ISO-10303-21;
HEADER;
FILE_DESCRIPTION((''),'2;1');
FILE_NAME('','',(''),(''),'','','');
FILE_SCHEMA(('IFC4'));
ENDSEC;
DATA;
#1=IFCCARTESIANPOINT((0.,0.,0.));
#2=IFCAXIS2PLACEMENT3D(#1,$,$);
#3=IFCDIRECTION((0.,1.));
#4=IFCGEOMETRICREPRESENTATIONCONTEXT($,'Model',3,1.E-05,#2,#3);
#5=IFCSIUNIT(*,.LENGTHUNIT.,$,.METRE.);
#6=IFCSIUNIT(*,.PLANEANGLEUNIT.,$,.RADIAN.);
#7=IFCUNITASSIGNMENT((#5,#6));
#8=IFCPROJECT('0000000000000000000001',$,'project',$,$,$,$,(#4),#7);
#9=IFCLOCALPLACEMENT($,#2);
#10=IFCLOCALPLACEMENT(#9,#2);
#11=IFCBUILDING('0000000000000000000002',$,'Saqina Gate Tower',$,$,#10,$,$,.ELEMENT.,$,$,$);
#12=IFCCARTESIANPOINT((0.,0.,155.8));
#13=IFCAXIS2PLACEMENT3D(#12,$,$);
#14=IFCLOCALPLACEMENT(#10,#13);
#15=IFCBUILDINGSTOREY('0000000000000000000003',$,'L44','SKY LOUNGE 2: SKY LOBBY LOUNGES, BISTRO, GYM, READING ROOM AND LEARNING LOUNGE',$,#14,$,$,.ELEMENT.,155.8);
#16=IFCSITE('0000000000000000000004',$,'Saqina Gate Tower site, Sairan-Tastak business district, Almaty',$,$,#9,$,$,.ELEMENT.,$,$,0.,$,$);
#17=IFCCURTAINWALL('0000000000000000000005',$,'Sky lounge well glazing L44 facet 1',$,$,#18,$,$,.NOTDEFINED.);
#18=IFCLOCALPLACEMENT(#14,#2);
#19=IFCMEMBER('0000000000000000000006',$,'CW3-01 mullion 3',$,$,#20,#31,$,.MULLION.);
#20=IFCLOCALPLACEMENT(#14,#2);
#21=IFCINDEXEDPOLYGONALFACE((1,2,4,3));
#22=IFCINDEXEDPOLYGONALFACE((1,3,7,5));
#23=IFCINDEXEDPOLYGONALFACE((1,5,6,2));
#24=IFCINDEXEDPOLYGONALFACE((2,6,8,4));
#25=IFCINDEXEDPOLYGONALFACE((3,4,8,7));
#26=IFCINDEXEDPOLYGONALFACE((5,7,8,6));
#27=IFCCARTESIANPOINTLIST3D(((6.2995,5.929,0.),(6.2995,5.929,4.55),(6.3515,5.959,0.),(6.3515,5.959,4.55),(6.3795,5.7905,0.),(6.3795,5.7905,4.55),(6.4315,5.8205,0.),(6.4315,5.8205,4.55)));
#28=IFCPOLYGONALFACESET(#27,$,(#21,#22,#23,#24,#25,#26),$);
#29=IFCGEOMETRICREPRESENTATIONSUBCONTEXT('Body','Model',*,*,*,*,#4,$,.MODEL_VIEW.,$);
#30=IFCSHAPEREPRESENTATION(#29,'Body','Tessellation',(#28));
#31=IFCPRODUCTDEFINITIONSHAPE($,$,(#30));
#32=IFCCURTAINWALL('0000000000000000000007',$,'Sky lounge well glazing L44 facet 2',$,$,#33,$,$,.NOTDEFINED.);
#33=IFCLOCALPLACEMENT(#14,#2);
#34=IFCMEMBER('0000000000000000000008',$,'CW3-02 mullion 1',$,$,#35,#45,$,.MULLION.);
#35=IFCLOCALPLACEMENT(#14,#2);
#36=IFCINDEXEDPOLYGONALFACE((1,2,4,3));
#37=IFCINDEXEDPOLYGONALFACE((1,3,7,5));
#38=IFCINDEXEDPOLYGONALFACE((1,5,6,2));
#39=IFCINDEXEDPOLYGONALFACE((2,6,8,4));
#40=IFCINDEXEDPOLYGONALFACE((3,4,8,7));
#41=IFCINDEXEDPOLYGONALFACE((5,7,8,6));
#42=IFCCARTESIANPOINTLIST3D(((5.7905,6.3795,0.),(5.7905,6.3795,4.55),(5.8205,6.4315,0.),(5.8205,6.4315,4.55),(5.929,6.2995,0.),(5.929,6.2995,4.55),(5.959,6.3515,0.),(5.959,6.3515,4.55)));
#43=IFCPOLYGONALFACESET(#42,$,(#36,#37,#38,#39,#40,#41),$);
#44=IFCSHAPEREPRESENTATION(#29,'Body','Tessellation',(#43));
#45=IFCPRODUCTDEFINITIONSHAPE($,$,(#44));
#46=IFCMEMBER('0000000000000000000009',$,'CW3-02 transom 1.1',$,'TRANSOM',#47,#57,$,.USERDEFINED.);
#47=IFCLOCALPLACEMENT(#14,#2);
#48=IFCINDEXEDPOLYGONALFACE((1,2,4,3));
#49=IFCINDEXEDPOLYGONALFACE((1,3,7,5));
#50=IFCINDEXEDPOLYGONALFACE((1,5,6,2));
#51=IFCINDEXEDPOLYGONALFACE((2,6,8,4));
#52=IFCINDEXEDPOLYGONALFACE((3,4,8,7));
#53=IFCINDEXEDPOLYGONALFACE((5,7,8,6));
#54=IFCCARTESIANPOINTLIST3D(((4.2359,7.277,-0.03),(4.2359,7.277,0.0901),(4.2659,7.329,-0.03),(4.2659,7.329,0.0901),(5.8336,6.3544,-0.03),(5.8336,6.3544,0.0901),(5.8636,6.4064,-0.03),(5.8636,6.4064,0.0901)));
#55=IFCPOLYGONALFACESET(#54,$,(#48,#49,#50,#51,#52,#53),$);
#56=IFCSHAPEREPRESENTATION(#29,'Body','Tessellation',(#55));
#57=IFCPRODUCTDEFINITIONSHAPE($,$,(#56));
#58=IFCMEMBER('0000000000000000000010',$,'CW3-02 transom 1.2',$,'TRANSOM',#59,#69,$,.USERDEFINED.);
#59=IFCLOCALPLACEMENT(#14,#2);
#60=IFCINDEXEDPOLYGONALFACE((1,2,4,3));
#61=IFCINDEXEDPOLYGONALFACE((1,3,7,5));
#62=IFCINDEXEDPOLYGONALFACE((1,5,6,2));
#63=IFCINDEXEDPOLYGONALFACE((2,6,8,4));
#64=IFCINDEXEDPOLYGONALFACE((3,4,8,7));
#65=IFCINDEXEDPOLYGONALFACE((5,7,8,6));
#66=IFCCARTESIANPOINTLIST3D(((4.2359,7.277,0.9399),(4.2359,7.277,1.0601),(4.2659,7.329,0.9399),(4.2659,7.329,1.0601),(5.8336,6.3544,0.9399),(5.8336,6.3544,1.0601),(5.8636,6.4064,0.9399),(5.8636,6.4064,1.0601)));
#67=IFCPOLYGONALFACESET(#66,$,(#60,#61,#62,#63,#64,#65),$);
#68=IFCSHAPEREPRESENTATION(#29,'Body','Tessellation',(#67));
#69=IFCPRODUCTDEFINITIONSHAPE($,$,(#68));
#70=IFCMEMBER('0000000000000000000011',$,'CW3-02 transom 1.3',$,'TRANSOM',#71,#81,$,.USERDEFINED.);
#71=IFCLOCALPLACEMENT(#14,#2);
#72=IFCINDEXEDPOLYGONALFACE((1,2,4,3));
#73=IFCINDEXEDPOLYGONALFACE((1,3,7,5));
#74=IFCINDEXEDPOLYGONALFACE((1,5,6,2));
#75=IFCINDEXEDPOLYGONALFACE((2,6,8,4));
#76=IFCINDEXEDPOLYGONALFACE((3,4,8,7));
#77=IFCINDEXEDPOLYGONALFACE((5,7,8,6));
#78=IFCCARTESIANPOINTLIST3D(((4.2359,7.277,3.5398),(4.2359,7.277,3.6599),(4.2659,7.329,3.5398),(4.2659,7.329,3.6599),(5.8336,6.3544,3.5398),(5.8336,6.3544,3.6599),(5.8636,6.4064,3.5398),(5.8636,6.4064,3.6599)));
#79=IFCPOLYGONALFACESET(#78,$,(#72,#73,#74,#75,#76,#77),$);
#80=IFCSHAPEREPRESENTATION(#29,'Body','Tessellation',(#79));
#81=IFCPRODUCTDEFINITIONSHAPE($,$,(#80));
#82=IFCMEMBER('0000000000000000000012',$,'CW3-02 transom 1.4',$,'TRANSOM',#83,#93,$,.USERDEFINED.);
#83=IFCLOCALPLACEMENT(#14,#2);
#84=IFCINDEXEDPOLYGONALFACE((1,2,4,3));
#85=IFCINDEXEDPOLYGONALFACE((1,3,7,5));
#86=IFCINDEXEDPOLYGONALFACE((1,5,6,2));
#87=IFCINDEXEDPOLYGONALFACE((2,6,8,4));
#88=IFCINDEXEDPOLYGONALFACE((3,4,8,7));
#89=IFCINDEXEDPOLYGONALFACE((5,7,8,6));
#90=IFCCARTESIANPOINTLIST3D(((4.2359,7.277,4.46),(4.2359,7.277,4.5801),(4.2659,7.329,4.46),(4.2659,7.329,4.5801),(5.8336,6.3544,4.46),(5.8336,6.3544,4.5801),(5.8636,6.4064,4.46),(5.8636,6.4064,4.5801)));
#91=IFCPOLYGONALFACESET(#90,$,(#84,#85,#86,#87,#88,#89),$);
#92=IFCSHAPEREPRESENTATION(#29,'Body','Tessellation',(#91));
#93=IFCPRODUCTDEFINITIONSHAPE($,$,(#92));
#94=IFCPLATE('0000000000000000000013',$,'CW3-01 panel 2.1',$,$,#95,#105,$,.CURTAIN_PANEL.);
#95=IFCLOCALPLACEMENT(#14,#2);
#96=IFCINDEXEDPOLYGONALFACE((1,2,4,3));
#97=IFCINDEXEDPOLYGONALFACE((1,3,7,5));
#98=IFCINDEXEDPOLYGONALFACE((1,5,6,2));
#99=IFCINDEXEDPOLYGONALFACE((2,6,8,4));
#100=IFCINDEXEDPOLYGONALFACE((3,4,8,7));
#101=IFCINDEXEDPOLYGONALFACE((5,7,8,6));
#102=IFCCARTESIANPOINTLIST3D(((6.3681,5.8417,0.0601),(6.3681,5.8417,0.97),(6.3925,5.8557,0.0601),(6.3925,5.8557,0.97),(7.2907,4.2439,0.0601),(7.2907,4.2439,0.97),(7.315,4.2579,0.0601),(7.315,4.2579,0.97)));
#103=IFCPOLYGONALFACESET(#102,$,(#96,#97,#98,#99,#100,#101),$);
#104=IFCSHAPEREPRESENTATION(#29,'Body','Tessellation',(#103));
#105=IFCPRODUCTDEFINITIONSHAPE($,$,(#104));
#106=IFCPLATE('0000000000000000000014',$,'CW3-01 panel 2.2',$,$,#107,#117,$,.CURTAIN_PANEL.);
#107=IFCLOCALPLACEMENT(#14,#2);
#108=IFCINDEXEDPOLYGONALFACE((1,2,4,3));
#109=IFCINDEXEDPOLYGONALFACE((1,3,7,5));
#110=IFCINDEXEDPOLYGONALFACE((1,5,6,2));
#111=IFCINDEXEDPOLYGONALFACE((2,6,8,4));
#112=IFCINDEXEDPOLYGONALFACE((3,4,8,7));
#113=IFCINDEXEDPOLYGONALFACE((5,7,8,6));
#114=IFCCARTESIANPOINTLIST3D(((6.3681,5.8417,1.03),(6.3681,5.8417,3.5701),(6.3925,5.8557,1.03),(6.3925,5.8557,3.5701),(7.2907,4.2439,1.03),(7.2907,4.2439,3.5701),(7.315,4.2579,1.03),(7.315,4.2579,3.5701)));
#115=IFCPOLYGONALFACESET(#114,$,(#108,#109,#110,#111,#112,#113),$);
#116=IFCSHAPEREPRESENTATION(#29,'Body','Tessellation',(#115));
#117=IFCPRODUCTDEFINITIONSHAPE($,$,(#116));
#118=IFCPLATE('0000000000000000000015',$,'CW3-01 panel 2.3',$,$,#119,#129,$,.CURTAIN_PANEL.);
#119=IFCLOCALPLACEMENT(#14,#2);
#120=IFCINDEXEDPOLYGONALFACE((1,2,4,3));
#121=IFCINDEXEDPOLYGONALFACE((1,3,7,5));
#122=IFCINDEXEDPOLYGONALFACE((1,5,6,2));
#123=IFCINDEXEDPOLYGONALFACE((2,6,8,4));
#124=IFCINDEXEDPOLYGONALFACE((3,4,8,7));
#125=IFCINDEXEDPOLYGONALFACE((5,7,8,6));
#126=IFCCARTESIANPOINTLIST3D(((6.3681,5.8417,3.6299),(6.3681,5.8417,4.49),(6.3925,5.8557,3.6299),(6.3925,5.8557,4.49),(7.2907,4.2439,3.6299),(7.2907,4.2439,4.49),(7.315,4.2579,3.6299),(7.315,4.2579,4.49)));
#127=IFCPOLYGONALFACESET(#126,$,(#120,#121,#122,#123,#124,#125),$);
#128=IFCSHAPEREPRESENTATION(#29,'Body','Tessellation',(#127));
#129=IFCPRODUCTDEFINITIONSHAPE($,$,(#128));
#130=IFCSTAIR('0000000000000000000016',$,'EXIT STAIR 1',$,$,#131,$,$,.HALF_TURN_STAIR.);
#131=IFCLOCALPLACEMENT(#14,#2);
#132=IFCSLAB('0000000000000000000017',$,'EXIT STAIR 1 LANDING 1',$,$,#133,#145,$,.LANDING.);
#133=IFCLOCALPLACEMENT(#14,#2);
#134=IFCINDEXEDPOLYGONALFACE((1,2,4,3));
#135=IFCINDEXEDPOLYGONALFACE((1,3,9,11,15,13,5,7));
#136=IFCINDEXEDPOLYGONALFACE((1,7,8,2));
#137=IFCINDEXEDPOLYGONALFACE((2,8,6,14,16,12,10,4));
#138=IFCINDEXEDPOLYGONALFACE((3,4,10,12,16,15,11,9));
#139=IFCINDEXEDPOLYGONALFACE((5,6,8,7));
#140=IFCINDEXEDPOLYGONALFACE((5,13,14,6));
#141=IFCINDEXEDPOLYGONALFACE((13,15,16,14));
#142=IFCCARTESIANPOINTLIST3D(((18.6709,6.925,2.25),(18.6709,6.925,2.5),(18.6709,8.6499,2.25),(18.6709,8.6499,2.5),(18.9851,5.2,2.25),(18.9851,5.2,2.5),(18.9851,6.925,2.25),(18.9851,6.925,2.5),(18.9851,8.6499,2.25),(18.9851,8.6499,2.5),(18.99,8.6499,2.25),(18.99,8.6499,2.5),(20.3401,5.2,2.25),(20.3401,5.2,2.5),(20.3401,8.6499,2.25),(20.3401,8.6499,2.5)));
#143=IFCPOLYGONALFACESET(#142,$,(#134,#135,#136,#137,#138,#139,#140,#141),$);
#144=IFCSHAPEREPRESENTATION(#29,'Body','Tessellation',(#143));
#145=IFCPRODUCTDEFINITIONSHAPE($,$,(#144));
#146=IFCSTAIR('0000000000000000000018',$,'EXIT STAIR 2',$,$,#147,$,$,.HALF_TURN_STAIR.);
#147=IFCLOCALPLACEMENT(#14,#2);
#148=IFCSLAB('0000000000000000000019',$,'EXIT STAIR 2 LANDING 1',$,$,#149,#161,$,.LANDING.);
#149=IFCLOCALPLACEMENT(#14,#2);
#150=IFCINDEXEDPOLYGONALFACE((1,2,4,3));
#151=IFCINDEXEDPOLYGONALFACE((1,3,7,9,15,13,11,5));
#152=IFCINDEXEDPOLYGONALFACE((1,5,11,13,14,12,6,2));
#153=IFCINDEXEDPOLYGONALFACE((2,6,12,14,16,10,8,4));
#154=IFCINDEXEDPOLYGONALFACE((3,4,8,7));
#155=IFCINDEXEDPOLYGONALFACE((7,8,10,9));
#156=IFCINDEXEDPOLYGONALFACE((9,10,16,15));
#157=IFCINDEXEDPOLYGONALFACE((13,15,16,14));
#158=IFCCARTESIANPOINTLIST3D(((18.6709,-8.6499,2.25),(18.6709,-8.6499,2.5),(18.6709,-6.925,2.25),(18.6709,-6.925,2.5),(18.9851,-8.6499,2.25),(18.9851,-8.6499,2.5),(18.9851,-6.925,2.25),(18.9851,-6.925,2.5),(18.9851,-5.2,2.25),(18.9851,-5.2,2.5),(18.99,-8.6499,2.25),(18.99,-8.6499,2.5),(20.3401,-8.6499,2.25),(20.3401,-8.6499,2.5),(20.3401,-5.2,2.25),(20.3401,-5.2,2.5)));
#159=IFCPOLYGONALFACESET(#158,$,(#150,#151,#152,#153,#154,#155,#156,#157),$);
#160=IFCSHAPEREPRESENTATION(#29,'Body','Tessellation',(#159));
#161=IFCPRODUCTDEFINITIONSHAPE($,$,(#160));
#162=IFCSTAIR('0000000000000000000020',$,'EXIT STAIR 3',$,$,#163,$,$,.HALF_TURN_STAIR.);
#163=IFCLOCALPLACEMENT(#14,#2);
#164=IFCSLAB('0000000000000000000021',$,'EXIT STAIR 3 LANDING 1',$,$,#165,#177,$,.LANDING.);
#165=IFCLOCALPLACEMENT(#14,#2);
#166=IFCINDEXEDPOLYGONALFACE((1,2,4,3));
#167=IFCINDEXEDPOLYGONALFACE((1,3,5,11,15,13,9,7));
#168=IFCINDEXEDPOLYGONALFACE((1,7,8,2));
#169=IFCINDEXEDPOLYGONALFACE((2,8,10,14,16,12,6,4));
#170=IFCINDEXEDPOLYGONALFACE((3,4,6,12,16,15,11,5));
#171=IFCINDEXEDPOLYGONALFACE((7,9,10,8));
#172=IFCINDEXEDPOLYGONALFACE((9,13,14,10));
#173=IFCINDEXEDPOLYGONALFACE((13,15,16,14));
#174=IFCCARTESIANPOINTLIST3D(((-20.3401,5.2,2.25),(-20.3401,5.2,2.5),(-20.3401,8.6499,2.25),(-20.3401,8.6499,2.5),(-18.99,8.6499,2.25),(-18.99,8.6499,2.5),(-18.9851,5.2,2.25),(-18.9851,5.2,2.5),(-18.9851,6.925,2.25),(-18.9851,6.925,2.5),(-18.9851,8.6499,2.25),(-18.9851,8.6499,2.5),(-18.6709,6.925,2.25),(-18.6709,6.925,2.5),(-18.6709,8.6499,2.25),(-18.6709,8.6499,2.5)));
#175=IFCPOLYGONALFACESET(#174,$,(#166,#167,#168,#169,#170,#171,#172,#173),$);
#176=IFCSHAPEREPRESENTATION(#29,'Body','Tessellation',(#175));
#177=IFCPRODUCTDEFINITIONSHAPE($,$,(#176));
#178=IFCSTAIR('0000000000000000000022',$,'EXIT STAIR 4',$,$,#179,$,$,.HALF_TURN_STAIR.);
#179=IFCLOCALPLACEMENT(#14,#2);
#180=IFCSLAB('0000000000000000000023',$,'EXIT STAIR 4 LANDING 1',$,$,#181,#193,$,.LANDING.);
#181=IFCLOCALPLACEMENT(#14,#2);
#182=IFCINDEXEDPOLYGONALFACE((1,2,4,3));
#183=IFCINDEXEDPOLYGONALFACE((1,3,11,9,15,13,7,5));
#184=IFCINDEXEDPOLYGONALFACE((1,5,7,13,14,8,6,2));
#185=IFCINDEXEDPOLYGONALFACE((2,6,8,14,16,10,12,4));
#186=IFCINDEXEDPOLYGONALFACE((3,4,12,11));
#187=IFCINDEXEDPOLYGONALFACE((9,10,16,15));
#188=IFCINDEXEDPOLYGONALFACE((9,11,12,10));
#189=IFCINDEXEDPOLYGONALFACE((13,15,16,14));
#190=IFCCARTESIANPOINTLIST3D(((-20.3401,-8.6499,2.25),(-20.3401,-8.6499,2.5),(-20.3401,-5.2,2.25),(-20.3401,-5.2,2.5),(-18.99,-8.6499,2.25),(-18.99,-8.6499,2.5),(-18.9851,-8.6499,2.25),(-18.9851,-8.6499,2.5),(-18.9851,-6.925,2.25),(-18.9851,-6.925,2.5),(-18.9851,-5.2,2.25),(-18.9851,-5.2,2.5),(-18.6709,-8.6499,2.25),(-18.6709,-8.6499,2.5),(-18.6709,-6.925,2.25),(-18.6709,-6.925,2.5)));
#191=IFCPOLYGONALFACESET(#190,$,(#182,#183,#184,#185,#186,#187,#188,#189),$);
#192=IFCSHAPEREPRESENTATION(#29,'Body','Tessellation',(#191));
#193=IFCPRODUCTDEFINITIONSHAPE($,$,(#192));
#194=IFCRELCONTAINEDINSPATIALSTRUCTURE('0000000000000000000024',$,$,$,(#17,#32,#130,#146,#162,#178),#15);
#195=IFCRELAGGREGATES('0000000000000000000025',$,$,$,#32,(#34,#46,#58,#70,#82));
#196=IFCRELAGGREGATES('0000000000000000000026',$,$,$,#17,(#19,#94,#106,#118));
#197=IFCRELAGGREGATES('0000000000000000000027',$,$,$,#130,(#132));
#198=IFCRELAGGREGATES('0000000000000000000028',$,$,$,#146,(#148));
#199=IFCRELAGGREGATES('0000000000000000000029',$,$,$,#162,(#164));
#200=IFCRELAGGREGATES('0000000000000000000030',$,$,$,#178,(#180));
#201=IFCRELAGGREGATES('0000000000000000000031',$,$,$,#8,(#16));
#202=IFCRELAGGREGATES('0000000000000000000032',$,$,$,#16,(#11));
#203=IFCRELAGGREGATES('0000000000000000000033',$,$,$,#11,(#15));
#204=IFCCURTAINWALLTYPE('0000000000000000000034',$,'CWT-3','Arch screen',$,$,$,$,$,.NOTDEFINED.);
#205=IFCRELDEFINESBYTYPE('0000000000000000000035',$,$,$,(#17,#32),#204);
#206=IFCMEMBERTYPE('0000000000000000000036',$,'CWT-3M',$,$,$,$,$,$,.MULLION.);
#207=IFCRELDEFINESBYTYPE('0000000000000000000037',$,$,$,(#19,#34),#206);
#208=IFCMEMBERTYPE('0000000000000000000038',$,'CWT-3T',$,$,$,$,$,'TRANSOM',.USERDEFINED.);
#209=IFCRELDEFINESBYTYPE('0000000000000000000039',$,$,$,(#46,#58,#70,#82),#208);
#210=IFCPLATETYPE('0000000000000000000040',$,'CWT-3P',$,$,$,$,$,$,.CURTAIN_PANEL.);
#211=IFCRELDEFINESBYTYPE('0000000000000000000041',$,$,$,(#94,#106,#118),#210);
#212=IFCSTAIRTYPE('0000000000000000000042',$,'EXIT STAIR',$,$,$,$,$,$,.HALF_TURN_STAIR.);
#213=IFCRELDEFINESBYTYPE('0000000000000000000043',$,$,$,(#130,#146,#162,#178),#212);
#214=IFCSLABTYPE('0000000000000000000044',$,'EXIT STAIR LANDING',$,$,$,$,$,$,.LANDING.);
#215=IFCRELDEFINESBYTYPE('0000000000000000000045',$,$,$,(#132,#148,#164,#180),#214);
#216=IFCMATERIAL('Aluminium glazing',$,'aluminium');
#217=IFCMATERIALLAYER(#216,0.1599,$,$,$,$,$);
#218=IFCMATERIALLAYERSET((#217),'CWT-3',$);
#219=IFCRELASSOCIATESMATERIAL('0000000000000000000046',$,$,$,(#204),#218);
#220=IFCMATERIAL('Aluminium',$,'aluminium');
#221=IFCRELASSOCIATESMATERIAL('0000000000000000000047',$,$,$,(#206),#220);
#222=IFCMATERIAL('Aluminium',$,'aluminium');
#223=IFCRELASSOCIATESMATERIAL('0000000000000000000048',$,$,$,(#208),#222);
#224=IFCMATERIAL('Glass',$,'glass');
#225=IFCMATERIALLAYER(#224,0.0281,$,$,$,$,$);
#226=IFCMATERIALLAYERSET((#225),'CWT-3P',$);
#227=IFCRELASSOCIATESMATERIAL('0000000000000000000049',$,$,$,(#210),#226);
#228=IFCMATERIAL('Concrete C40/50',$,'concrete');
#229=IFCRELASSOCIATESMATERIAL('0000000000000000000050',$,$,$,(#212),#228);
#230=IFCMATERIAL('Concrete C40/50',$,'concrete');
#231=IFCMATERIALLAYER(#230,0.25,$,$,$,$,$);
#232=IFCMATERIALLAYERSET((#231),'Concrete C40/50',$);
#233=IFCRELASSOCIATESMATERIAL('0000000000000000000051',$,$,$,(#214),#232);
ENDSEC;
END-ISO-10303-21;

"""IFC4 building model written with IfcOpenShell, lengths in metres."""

from ifc_helpers import new_model, si_unit, direction, frame, origin, origin_2d, place, context, subcontext, project, spatial, polyline, rectangle, outline, extrude, material, layer, layer_set, material_profile, profile_set, type_object, element, aggregate, save


model = new_model("IFC4")

# Units and contexts
model_context = context("Model", 3, precision=1e-05, world=origin(), true_north=direction((0.0, 1.0)))
body_context = subcontext(model_context, "Body", "Model", "MODEL_VIEW")
ifc_project = project(units=[si_unit("LENGTHUNIT", "METRE"), si_unit("PLANEANGLEUNIT", "RADIAN")], contexts=[model_context])

# Site, building, storey
site_placement = place(None, origin())
site = spatial("IfcSite", under=ifc_project, at=site_placement, Name="Saqina Gate Tower site, Sairan-Tastak business district, Almaty", CompositionType="ELEMENT", RefElevation=0.0)
building_placement = place(site_placement, origin())
building = spatial("IfcBuilding", under=site, at=building_placement, Name="Saqina Gate Tower", CompositionType="ELEMENT")
storey_placement = place(building_placement, frame((0.0, 0.0, 155.8)))
storey = spatial("IfcBuildingStorey", under=building, at=storey_placement, Name="L44", Description="SKY LOUNGE 2: SKY LOBBY LOUNGES, BISTRO, GYM, READING ROOM AND LEARNING LOUNGE", CompositionType="ELEMENT", Elevation=155.8)

# Curtain wall, member
ifc_material_1 = material(Name="Aluminium glazing", Category="aluminium")
ifc_layer_1 = layer(ifc_material_1, 0.1599)
ifc_layer_set_1 = layer_set([ifc_layer_1], Name="CWT-3")
curtain_wall_type = type_object("IfcCurtainWallType", Name="CWT-3", Description="Arch screen", PredefinedType="NOTDEFINED", material=ifc_layer_set_1)
curtain_wall_1_placement = place(storey_placement, origin())
curtain_wall_1 = element("IfcCurtainWall", 1, at=curtain_wall_1_placement, inside=storey, type_object=curtain_wall_type, Name="Sky lounge well glazing L44 facet 1", PredefinedType="NOTDEFINED")
ifc_material_2 = material(Name="Aluminium", Category="aluminium")
ifc_material_profile_1 = material_profile(ifc_material_2, rectangle(XDim=0.0601, YDim=0.1599, at=origin_2d()), Name="Aluminium 60x160")
ifc_profile_set_1 = profile_set([ifc_material_profile_1], Name="Aluminium")
member_type_1 = type_object("IfcMemberType", Name="CWT-3M", PredefinedType="MULLION", material=ifc_profile_set_1)
member_1_placement = place(storey_placement, frame((6.3655, 5.8748, 0.0), z_axis=(0.0, 0.0, 1.0), x_axis=(-0.866018, -0.500013, 0.0)))
member_1 = element("IfcMember", 2, at=member_1_placement, type_object=member_type_1, Name="CW3-01 mullion 3", PredefinedType="MULLION", context=body_context, shape_type="SweptSolid", body=[
    extrude(rectangle(XDim=0.0601, YDim=0.1599, at=origin_2d()), origin(), (0.0, 0.0, 1.0), 4.55),
])

# Curtain wall, members
curtain_wall_2_placement = place(storey_placement, origin())
curtain_wall_2 = element("IfcCurtainWall", 3, at=curtain_wall_2_placement, inside=storey, type_object=curtain_wall_type, Name="Sky lounge well glazing L44 facet 2", PredefinedType="NOTDEFINED")
member_2_placement = place(storey_placement, frame((5.8748, 6.3655, 0.0), z_axis=(0.0, 0.0, 1.0), x_axis=(-0.500013, -0.866018, 0.0)))
member_2 = element("IfcMember", 4, at=member_2_placement, type_object=member_type_1, Name="CW3-02 mullion 1", PredefinedType="MULLION", context=body_context, shape_type="SweptSolid", body=[
    extrude(rectangle(XDim=0.0601, YDim=0.1599, at=origin_2d()), origin(), (0.0, 0.0, 1.0), 4.55),
])
ifc_material_3 = material(Name="Aluminium", Category="aluminium")
ifc_material_profile_2 = material_profile(ifc_material_3, rectangle(XDim=0.0601, YDim=0.1201, at=origin_2d()), Name="Aluminium 60x120")
ifc_profile_set_2 = profile_set([ifc_material_profile_2], Name="Aluminium")
member_type_2 = type_object("IfcMemberType", Name="CWT-3T", ElementType="TRANSOM", PredefinedType="USERDEFINED", material=ifc_profile_set_2)
member_3_placement = place(storey_placement, frame((5.8486, 6.3804, 0.03), z_axis=(-0.865978, 0.500081, 0.0), x_axis=(-0.500081, -0.865978, 0.0)))
member_3 = element("IfcMember", 5, at=member_3_placement, type_object=member_type_2, Name="CW3-02 transom 1.1", ObjectType="TRANSOM", PredefinedType="USERDEFINED", context=body_context, shape_type="SweptSolid", body=[
    extrude(rectangle(XDim=0.0601, YDim=0.1201, at=origin_2d()), origin(), (0.0, 0.0, 1.0), 1.845),
])
member_4_placement = place(storey_placement, frame((5.8486, 6.3804, 1.0), z_axis=(-0.865978, 0.500081, 0.0), x_axis=(-0.500081, -0.865978, 0.0)))
member_4 = element("IfcMember", 6, at=member_4_placement, type_object=member_type_2, Name="CW3-02 transom 1.2", ObjectType="TRANSOM", PredefinedType="USERDEFINED", context=body_context, shape_type="SweptSolid", body=[
    extrude(rectangle(XDim=0.0601, YDim=0.1201, at=origin_2d()), origin(), (0.0, 0.0, 1.0), 1.845),
])
member_5_placement = place(storey_placement, frame((5.8486, 6.3804, 3.5999), z_axis=(-0.865978, 0.500081, 0.0), x_axis=(-0.500081, -0.865978, 0.0)))
member_5 = element("IfcMember", 7, at=member_5_placement, type_object=member_type_2, Name="CW3-02 transom 1.3", ObjectType="TRANSOM", PredefinedType="USERDEFINED", context=body_context, shape_type="SweptSolid", body=[
    extrude(rectangle(XDim=0.0601, YDim=0.1201, at=origin_2d()), origin(), (0.0, 0.0, 1.0), 1.845),
])
member_6_placement = place(storey_placement, frame((5.8486, 6.3804, 4.52), z_axis=(-0.865978, 0.500081, 0.0), x_axis=(-0.500081, -0.865978, 0.0)))
member_6 = element("IfcMember", 8, at=member_6_placement, type_object=member_type_2, Name="CW3-02 transom 1.4", ObjectType="TRANSOM", PredefinedType="USERDEFINED", context=body_context, shape_type="SweptSolid", body=[
    extrude(rectangle(XDim=0.0601, YDim=0.1201, at=origin_2d()), origin(), (0.0, 0.0, 1.0), 1.845),
])
aggregate(curtain_wall_2, [member_2, member_3, member_4, member_5, member_6])

# Plates
ifc_material_4 = material(Name="Glass", Category="glass")
ifc_layer_2 = layer(ifc_material_4, 0.0281)
ifc_layer_set_2 = layer_set([ifc_layer_2], Name="CWT-3P")
plate_type = type_object("IfcPlateType", Name="CWT-3P", PredefinedType="CURTAIN_PANEL", material=ifc_layer_set_2)
plate_1_placement = place(storey_placement, frame((6.8416, 5.0498, 0.0601), z_axis=(0.0, 0.0, 1.0), x_axis=(-0.500013, 0.866018, 0.0)))
plate_1 = element("IfcPlate", 9, at=plate_1_placement, type_object=plate_type, Name="CW3-01 panel 2.1", PredefinedType="CURTAIN_PANEL", context=body_context, shape_type="SweptSolid", body=[
    extrude(rectangle(XDim=1.845, YDim=0.0281, at=origin_2d()), origin(), (0.0, 0.0, 1.0), 0.9099),
])
plate_2_placement = place(storey_placement, frame((6.8416, 5.0498, 1.03), z_axis=(0.0, 0.0, 1.0), x_axis=(-0.500013, 0.866018, 0.0)))
plate_2 = element("IfcPlate", 10, at=plate_2_placement, type_object=plate_type, Name="CW3-01 panel 2.2", PredefinedType="CURTAIN_PANEL", context=body_context, shape_type="SweptSolid", body=[
    extrude(rectangle(XDim=1.845, YDim=0.0281, at=origin_2d()), origin(), (0.0, 0.0, 1.0), 2.54),
])
plate_3_placement = place(storey_placement, frame((6.8416, 5.0498, 3.6299), z_axis=(0.0, 0.0, 1.0), x_axis=(-0.500013, 0.866018, 0.0)))
plate_3 = element("IfcPlate", 11, at=plate_3_placement, type_object=plate_type, Name="CW3-01 panel 2.3", PredefinedType="CURTAIN_PANEL", context=body_context, shape_type="SweptSolid", body=[
    extrude(rectangle(XDim=1.845, YDim=0.0281, at=origin_2d()), origin(), (0.0, 0.0, 1.0), 0.8601),
])
aggregate(curtain_wall_1, [member_1, plate_1, plate_2, plate_3])

# Stairs, slabs
ifc_material_5 = material(Name="Concrete C40/50", Category="concrete")
stair_type = type_object("IfcStairType", Name="EXIT STAIR", PredefinedType="HALF_TURN_STAIR", material=ifc_material_5)
stair_1_placement = place(storey_placement, origin())
stair_1 = element("IfcStair", 12, at=stair_1_placement, inside=storey, type_object=stair_type, Name="EXIT STAIR 1", PredefinedType="HALF_TURN_STAIR")
ifc_material_6 = material(Name="Concrete C40/50", Category="concrete")
ifc_layer_3 = layer(ifc_material_6, 0.25)
ifc_layer_set_3 = layer_set([ifc_layer_3], Name="Concrete C40/50")
slab_type = type_object("IfcSlabType", Name="EXIT STAIR LANDING", PredefinedType="LANDING", material=ifc_layer_set_3)
slab_1_placement = place(storey_placement, frame((0.0, 0.0, 2.25)))
slab_1 = element("IfcSlab", 13, at=slab_1_placement, type_object=slab_type, Name="EXIT STAIR 1 LANDING 1", PredefinedType="LANDING", context=body_context, shape_type="SweptSolid", body=[
    extrude(outline(polyline([(20.3401, 8.6499), (20.3401, 5.2), (18.9851, 5.2), (18.9851, 6.925), (18.6709, 6.925), (18.6709, 8.6499), (18.9851, 8.6499), (18.99, 8.6499), (20.3401, 8.6499)])), origin(), (0.0, 0.0, 1.0), 0.25),
])
aggregate(stair_1, [slab_1])
stair_2_placement = place(storey_placement, origin())
stair_2 = element("IfcStair", 14, at=stair_2_placement, inside=storey, type_object=stair_type, Name="EXIT STAIR 2", PredefinedType="HALF_TURN_STAIR")
slab_2_placement = place(storey_placement, frame((0.0, 0.0, 2.25)))
slab_2 = element("IfcSlab", 15, at=slab_2_placement, type_object=slab_type, Name="EXIT STAIR 2 LANDING 1", PredefinedType="LANDING", context=body_context, shape_type="SweptSolid", body=[
    extrude(outline(polyline([(18.6709, -8.6499), (18.6709, -6.925), (18.9851, -6.925), (18.9851, -5.2), (20.3401, -5.2), (20.3401, -8.6499), (18.99, -8.6499), (18.9851, -8.6499), (18.6709, -8.6499)])), origin(), (0.0, 0.0, 1.0), 0.25),
])
aggregate(stair_2, [slab_2])
stair_3_placement = place(storey_placement, origin())
stair_3 = element("IfcStair", 16, at=stair_3_placement, inside=storey, type_object=stair_type, Name="EXIT STAIR 3", PredefinedType="HALF_TURN_STAIR")
slab_3_placement = place(storey_placement, frame((0.0, 0.0, 2.25)))
slab_3 = element("IfcSlab", 17, at=slab_3_placement, type_object=slab_type, Name="EXIT STAIR 3 LANDING 1", PredefinedType="LANDING", context=body_context, shape_type="SweptSolid", body=[
    extrude(outline(polyline([(-18.9851, 5.2), (-20.3401, 5.2), (-20.3401, 8.6499), (-18.99, 8.6499), (-18.9851, 8.6499), (-18.6709, 8.6499), (-18.6709, 6.925), (-18.9851, 6.925), (-18.9851, 5.2)])), origin(), (0.0, 0.0, 1.0), 0.25),
])
aggregate(stair_3, [slab_3])
stair_4_placement = place(storey_placement, origin())
stair_4 = element("IfcStair", 18, at=stair_4_placement, inside=storey, type_object=stair_type, Name="EXIT STAIR 4", PredefinedType="HALF_TURN_STAIR")
slab_4_placement = place(storey_placement, frame((0.0, 0.0, 2.25)))
slab_4 = element("IfcSlab", 19, at=slab_4_placement, type_object=slab_type, Name="EXIT STAIR 4 LANDING 1", PredefinedType="LANDING", context=body_context, shape_type="SweptSolid", body=[
    extrude(outline(polyline([(-18.6709, -6.925), (-18.6709, -8.6499), (-18.9851, -8.6499), (-18.99, -8.6499), (-20.3401, -8.6499), (-20.3401, -5.2), (-18.9851, -5.2), (-18.9851, -6.925), (-18.6709, -6.925)])), origin(), (0.0, 0.0, 1.0), 0.25),
])
aggregate(stair_4, [slab_4])

save(model, "model.ifc")
